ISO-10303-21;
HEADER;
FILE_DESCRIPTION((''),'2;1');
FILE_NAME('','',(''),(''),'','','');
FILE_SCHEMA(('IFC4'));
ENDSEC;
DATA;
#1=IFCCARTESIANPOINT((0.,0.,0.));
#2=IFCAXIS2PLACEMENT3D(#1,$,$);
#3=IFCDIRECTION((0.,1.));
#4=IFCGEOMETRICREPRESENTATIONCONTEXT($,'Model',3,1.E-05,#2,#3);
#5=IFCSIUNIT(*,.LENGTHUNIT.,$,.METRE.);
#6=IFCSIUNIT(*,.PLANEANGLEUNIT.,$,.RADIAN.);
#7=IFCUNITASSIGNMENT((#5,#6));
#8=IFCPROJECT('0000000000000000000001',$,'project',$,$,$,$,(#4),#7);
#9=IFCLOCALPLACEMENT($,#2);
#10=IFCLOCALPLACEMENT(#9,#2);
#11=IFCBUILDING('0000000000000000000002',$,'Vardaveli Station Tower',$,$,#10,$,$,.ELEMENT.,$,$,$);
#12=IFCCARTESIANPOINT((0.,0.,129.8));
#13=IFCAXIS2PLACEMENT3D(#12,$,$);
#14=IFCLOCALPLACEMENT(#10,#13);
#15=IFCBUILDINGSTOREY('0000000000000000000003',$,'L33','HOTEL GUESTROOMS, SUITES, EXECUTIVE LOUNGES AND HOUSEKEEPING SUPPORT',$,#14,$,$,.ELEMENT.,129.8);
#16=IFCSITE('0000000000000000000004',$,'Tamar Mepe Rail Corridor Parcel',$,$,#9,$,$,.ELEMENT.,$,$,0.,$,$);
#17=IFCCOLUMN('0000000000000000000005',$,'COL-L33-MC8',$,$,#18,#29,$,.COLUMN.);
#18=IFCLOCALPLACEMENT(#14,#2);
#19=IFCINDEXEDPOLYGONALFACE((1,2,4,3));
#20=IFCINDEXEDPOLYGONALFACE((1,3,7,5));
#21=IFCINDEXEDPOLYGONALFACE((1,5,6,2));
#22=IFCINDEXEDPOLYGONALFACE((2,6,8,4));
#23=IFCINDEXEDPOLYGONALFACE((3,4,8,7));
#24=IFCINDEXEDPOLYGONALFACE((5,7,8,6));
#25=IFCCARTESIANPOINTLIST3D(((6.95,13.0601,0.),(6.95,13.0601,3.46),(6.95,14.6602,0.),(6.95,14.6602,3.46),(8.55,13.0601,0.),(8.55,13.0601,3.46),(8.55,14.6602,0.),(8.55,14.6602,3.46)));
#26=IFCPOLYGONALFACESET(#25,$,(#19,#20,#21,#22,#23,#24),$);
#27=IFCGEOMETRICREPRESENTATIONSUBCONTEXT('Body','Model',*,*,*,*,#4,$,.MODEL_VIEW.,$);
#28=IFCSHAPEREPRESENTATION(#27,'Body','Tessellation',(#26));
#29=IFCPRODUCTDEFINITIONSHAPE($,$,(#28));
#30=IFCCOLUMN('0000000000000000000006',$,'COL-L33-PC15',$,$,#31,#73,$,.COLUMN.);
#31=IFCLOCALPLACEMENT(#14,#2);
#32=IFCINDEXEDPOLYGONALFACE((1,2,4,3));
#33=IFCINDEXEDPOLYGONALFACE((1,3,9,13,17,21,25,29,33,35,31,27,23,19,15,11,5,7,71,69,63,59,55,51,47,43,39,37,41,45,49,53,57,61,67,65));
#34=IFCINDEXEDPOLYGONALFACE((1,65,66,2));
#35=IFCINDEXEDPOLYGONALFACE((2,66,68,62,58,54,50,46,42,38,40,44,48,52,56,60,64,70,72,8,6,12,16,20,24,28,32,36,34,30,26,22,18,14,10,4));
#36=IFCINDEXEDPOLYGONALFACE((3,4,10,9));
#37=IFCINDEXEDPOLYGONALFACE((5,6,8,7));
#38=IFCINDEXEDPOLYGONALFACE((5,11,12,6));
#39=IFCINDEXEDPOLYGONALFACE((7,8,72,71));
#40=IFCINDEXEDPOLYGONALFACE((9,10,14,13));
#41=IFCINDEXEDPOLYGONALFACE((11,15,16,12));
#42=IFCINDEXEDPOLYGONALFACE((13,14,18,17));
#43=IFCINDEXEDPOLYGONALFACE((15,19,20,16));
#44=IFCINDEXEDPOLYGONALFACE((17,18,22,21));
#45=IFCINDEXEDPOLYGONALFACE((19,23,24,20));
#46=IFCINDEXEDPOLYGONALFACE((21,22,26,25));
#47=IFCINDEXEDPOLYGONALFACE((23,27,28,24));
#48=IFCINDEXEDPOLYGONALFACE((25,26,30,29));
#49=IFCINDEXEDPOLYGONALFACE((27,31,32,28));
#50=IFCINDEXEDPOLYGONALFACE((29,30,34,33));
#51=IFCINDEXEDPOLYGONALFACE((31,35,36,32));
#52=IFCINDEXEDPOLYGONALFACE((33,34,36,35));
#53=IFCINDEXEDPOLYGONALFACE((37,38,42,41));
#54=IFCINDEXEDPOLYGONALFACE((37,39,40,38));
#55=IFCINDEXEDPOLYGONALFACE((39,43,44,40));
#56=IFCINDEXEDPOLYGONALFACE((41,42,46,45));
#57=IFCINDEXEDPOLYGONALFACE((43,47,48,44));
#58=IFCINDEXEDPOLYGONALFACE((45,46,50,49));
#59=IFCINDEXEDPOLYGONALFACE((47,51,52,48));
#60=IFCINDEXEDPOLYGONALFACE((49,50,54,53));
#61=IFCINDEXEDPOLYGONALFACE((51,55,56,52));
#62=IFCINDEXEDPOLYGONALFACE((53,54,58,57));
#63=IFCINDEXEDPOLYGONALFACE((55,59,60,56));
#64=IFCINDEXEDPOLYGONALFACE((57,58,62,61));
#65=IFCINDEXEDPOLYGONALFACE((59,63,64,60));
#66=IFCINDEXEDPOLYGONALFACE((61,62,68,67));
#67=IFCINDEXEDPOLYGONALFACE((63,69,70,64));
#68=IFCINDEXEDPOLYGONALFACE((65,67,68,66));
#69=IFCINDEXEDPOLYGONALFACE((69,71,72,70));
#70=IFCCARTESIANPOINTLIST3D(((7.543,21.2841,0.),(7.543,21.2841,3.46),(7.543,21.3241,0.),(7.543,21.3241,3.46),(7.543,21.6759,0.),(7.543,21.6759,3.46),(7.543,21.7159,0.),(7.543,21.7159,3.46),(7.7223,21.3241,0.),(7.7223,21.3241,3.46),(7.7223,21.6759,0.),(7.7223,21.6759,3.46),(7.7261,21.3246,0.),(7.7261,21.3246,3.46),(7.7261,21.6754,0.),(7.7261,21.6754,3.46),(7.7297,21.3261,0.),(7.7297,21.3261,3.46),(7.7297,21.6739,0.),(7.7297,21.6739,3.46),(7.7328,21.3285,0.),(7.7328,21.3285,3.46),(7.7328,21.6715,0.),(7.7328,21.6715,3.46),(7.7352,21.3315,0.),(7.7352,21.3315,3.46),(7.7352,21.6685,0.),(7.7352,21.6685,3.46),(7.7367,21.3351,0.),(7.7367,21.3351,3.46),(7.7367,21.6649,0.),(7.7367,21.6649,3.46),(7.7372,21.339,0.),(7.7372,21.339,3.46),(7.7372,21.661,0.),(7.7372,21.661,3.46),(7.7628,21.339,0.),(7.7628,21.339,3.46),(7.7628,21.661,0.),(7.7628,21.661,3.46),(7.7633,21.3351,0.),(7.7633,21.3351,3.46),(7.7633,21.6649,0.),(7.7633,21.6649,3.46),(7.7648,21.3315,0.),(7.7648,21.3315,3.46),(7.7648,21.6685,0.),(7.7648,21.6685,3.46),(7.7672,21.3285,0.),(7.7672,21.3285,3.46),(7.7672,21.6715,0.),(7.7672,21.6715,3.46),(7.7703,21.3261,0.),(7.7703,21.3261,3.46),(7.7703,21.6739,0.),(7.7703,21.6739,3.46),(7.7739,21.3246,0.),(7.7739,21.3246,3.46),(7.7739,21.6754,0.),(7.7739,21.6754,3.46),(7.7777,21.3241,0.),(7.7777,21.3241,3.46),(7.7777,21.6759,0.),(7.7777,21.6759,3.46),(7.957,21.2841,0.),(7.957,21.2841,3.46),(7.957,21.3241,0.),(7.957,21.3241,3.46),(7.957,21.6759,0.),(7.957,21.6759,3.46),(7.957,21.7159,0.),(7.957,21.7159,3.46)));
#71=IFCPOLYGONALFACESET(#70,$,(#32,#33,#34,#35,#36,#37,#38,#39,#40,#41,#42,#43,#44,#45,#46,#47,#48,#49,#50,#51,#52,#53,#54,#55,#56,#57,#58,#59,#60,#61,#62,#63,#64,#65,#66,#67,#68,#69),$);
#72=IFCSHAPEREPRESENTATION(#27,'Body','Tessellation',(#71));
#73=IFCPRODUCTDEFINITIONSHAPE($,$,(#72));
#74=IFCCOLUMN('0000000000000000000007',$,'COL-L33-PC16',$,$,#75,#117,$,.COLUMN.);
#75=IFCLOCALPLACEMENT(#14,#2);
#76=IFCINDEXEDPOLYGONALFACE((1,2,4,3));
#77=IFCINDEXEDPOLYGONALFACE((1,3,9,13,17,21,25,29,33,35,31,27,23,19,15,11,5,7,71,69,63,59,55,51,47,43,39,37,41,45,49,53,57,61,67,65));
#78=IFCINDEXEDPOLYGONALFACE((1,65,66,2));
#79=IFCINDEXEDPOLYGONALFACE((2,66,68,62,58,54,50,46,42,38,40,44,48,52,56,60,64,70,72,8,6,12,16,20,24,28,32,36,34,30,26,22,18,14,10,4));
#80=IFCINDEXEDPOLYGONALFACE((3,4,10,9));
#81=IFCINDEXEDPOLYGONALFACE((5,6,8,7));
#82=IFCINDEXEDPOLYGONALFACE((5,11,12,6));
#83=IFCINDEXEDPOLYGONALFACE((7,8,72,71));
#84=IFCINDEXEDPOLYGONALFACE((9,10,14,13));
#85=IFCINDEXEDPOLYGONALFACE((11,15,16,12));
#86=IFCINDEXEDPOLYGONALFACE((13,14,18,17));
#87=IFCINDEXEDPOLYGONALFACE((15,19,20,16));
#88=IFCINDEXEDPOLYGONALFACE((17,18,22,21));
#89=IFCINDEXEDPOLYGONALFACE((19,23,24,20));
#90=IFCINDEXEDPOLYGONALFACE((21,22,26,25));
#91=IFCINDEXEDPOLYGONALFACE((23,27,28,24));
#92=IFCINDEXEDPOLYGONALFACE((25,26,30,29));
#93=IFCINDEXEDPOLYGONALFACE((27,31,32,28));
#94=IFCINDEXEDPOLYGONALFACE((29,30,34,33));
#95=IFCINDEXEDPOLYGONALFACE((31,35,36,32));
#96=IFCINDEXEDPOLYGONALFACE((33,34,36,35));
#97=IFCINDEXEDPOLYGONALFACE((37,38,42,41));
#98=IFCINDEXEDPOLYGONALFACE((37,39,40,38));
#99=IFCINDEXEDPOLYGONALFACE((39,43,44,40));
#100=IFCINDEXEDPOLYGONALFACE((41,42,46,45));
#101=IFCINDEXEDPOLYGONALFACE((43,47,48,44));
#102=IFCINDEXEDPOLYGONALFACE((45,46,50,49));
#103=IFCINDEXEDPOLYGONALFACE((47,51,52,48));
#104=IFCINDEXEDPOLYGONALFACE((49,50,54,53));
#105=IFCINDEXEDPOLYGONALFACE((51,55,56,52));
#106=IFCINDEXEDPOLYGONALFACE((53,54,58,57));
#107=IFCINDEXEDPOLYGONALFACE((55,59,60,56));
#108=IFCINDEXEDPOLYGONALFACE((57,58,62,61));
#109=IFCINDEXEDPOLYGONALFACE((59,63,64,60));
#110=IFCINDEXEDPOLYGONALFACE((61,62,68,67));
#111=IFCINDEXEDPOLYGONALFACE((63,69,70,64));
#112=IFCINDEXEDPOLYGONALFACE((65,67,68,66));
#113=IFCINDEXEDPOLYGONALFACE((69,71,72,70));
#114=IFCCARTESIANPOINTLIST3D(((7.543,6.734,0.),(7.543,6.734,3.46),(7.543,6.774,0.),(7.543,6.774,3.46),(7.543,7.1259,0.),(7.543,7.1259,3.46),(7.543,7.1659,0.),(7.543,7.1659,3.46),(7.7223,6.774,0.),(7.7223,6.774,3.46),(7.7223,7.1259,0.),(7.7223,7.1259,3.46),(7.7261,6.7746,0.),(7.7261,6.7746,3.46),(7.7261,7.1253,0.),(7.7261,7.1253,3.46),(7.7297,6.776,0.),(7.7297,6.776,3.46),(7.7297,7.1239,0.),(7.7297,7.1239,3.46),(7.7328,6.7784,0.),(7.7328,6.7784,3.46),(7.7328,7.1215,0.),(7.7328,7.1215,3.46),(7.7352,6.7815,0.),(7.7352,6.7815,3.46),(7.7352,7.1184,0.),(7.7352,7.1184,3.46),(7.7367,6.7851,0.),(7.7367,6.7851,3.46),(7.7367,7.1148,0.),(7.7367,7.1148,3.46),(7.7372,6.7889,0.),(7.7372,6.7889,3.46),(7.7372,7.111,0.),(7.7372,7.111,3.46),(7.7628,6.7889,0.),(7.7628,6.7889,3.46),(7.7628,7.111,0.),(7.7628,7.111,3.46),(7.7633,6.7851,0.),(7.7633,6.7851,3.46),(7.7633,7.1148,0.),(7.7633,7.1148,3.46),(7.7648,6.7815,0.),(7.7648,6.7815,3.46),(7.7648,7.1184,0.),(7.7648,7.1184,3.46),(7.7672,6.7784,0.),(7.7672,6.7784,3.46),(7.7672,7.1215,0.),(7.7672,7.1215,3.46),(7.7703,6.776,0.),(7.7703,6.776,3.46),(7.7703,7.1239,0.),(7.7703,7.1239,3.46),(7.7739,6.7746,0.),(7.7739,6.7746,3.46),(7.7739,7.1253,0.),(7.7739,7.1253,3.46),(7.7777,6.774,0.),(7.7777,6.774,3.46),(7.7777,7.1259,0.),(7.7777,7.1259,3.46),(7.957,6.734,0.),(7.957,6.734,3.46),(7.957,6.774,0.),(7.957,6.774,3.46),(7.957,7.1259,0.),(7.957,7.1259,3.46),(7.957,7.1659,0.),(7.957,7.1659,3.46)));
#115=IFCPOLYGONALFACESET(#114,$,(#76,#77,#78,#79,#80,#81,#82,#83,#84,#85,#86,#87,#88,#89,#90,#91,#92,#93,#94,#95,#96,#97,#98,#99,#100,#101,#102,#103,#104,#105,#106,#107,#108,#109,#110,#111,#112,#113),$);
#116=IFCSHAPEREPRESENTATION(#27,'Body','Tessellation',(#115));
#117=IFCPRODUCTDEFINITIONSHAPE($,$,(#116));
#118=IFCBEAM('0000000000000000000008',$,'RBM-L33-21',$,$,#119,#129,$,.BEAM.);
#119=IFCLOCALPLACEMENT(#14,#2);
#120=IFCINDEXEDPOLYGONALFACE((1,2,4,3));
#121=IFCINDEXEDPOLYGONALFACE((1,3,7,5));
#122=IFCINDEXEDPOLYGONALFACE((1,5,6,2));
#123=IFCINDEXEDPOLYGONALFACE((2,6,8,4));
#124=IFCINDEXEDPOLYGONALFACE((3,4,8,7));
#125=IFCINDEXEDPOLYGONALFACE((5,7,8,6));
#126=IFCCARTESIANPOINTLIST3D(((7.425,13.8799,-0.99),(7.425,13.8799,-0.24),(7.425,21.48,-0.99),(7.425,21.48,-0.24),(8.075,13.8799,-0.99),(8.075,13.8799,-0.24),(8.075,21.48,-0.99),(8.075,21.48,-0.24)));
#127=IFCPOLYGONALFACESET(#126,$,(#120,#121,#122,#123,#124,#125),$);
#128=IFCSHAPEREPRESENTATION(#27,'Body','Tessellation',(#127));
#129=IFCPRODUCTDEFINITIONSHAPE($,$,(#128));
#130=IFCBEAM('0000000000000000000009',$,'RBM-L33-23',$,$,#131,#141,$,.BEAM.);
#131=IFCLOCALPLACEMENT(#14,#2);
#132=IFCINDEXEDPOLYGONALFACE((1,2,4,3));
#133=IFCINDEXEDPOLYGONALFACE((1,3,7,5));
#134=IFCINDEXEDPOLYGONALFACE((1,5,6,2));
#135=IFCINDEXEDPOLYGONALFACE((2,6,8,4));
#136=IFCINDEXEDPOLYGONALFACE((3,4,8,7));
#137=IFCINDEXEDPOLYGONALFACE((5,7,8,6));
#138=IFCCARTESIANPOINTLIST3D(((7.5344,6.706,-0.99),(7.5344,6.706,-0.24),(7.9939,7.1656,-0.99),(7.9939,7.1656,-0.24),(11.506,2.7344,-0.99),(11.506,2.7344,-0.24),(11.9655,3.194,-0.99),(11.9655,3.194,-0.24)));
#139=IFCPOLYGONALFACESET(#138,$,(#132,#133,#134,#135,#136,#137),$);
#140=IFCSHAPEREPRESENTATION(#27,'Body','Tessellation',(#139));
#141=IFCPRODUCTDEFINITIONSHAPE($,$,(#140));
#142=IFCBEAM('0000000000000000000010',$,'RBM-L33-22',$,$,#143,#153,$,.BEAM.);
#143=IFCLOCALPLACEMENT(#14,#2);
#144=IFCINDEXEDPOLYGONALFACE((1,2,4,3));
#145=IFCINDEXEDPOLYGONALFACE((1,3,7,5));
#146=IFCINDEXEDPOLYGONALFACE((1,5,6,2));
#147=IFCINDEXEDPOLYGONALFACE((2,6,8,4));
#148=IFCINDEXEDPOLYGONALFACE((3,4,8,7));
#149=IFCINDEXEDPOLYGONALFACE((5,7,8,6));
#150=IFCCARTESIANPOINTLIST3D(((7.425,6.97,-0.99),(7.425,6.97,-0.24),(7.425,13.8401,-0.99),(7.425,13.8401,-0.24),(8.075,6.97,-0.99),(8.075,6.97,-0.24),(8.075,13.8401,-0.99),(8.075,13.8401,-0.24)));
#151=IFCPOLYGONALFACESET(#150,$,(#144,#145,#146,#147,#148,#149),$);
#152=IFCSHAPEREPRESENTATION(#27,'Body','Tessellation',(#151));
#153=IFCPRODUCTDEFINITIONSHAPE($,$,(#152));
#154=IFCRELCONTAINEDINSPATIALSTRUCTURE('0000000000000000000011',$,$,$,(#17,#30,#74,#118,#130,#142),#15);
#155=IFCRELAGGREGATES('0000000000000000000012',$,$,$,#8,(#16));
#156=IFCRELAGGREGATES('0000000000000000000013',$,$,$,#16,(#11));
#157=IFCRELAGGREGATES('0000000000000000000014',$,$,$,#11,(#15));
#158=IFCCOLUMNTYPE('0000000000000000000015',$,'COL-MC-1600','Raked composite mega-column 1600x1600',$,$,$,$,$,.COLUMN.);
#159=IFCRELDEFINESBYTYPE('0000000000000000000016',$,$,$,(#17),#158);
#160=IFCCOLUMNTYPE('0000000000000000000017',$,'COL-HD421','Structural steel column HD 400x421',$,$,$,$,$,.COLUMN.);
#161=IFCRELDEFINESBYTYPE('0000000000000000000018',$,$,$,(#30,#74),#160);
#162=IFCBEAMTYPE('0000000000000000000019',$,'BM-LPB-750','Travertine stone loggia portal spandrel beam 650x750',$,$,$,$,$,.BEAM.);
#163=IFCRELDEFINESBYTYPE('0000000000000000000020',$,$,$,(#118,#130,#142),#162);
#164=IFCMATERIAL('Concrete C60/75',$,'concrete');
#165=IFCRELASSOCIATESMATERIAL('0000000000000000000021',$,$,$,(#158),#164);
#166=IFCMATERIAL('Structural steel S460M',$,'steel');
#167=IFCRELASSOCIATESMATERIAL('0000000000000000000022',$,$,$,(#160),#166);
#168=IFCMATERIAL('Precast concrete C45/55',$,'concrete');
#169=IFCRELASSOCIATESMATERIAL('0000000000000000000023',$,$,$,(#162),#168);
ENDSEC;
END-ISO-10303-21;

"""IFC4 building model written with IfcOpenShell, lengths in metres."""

from ifc_helpers import new_model, si_unit, direction, frame, origin, origin_2d, place, context, subcontext, project, spatial, rectangle, i_section, extrude, source, transform, mapped, material, material_profile, profile_set, type_object, element, save


model = new_model("IFC4")

# Units and contexts
model_context = context("Model", 3, precision=1e-05, world=origin(), true_north=direction((0.0, 1.0)))
body_context = subcontext(model_context, "Body", "Model", "MODEL_VIEW")
ifc_project = project(units=[si_unit("LENGTHUNIT", "METRE"), si_unit("PLANEANGLEUNIT", "RADIAN")], contexts=[model_context])

# Site, building, storey
site_placement = place(None, origin())
site = spatial("IfcSite", under=ifc_project, at=site_placement, Name="Tamar Mepe Rail Corridor Parcel", CompositionType="ELEMENT", RefElevation=0.0)
building_placement = place(site_placement, origin())
building = spatial("IfcBuilding", under=site, at=building_placement, Name="Vardaveli Station Tower", CompositionType="ELEMENT")
storey_placement = place(building_placement, frame((0.0, 0.0, 129.8)))
storey = spatial("IfcBuildingStorey", under=building, at=storey_placement, Name="L33", Description="HOTEL GUESTROOMS, SUITES, EXECUTIVE LOUNGES AND HOUSEKEEPING SUPPORT", CompositionType="ELEMENT", Elevation=129.8)

# Columns
ifc_material_1 = material(Name="Concrete C60/75", Category="concrete")
ifc_material_profile_1 = material_profile(ifc_material_1, rectangle(XDim=1.6001, YDim=1.6001, at=origin_2d()), Name="MC 1600x1600")
ifc_profile_set_1 = profile_set([ifc_material_profile_1], Name="Concrete C60/75")
column_type_1 = type_object("IfcColumnType", Name="COL-MC-1600", Description="Raked composite mega-column 1600x1600", PredefinedType="COLUMN", material=ifc_profile_set_1)
shared_shape_1 = source(origin(), body_context, "Body", "SweptSolid", [
    extrude(rectangle(XDim=1.6001, YDim=1.6001, at=origin_2d()), origin(), (0.0, 0.0, 1.0), 3.46),
])
column_placement = place(storey_placement, frame((7.75, 13.8601, 0.0), z_axis=(0.0, 0.0, 1.0), x_axis=(1.0, 0.0, 0.0)))
element("IfcColumn", 1, at=column_placement, inside=storey, type_object=column_type_1, Name="COL-L33-MC8", PredefinedType="COLUMN", context=body_context, shape_type="MappedRepresentation", body=[
    mapped(shared_shape_1, transform((0.0, 0.0, 0.0), scale=1.0)),
])
ifc_material_2 = material(Name="Structural steel S460M", Category="steel")
ifc_material_profile_2 = material_profile(ifc_material_2, i_section(OverallWidth=0.4141, OverallDepth=0.4319, WebThickness=0.0256, FlangeThickness=0.04, FilletRadius=0.0149, at=origin_2d()), Name="HD 400x421")
ifc_profile_set_2 = profile_set([ifc_material_profile_2], Name="Structural steel S460M")
column_type_2 = type_object("IfcColumnType", Name="COL-HD421", Description="Structural steel column HD 400x421", PredefinedType="COLUMN", material=ifc_profile_set_2)
shared_shape_2 = source(origin(), body_context, "Body", "SweptSolid", [
    extrude(i_section(OverallWidth=0.4141, OverallDepth=0.4319, WebThickness=0.0256, FlangeThickness=0.04, FilletRadius=0.0149, at=origin_2d()), origin(), (0.0, 0.0, 1.0), 3.46),
])
for number, where, z_axis, x_axis, name in (
    (2, (7.75, 21.5, 0.0), (0.0, 0.0, 1.0), (1.0, 0.0, 0.0), "COL-L33-PC15"),
    (3, (7.75, 6.95, 0.0), (0.0, 0.0, 1.0), (1.0, 0.0, 0.0), "COL-L33-PC16"),
):
    element("IfcColumn", number, at=place(storey_placement, frame(where, z_axis=z_axis, x_axis=x_axis)), inside=storey, type_object=column_type_2, Name=name, PredefinedType="COLUMN", context=body_context, shape_type="MappedRepresentation", body=[
        mapped(shared_shape_2, transform((0.0, 0.0, 0.0), scale=1.0)),
    ])

# Beams
ifc_material_3 = material(Name="Precast concrete C45/55", Category="concrete")
ifc_material_profile_3 = material_profile(ifc_material_3, rectangle(XDim=0.6499, YDim=0.75, at=origin_2d()), Name="LPB 650x750")
ifc_profile_set_3 = profile_set([ifc_material_profile_3], Name="Precast concrete C45/55")
beam_type_1 = type_object("IfcBeamType", Name="BM-LPB-750", Description="Travertine stone loggia portal spandrel beam 650x750", PredefinedType="BEAM", material=ifc_profile_set_3)
shared_shape_3 = source(origin(), body_context, "Body", "SweptSolid", [
    extrude(rectangle(XDim=0.6499, YDim=0.75, at=origin_2d()), origin(), (0.0, 0.0, 1.0), 7.6001),
])
beam_1_placement = place(storey_placement, frame((7.75, 21.48, -0.615), z_axis=(0.0, -1.0, 0.0), x_axis=(1.0, 0.0, 0.0)))
element("IfcBeam", 4, at=beam_1_placement, inside=storey, type_object=beam_type_1, Name="RBM-L33-21", PredefinedType="BEAM", context=body_context, shape_type="MappedRepresentation", body=[
    mapped(shared_shape_3, transform((0.0, 0.0, 0.0), scale=1.0)),
])
shared_shape_4 = source(origin(), body_context, "Body", "SweptSolid", [
    extrude(rectangle(XDim=0.6499, YDim=0.75, at=origin_2d()), origin(), (0.0, 0.0, 1.0), 5.6167),
])
beam_2_placement = place(storey_placement, frame((7.7642, 6.9358, -0.615), z_axis=(0.707107, -0.707107, 0.0), x_axis=(0.707107, 0.707107, 0.0)))
element("IfcBeam", 5, at=beam_2_placement, inside=storey, type_object=beam_type_1, Name="RBM-L33-23", PredefinedType="BEAM", context=body_context, shape_type="MappedRepresentation", body=[
    mapped(shared_shape_4, transform((0.0, 0.0, 0.0), scale=1.0)),
])
shared_shape_5 = source(origin(), body_context, "Body", "SweptSolid", [
    extrude(rectangle(XDim=0.6499, YDim=0.75, at=origin_2d()), origin(), (0.0, 0.0, 1.0), 6.8701),
])
beam_3_placement = place(storey_placement, frame((7.75, 13.8401, -0.615), z_axis=(0.0, -1.0, 0.0), x_axis=(1.0, 0.0, 0.0)))
element("IfcBeam", 6, at=beam_3_placement, inside=storey, type_object=beam_type_1, Name="RBM-L33-22", PredefinedType="BEAM", context=body_context, shape_type="MappedRepresentation", body=[
    mapped(shared_shape_5, transform((0.0, 0.0, 0.0), scale=1.0)),
])

save(model, "model.ifc")
